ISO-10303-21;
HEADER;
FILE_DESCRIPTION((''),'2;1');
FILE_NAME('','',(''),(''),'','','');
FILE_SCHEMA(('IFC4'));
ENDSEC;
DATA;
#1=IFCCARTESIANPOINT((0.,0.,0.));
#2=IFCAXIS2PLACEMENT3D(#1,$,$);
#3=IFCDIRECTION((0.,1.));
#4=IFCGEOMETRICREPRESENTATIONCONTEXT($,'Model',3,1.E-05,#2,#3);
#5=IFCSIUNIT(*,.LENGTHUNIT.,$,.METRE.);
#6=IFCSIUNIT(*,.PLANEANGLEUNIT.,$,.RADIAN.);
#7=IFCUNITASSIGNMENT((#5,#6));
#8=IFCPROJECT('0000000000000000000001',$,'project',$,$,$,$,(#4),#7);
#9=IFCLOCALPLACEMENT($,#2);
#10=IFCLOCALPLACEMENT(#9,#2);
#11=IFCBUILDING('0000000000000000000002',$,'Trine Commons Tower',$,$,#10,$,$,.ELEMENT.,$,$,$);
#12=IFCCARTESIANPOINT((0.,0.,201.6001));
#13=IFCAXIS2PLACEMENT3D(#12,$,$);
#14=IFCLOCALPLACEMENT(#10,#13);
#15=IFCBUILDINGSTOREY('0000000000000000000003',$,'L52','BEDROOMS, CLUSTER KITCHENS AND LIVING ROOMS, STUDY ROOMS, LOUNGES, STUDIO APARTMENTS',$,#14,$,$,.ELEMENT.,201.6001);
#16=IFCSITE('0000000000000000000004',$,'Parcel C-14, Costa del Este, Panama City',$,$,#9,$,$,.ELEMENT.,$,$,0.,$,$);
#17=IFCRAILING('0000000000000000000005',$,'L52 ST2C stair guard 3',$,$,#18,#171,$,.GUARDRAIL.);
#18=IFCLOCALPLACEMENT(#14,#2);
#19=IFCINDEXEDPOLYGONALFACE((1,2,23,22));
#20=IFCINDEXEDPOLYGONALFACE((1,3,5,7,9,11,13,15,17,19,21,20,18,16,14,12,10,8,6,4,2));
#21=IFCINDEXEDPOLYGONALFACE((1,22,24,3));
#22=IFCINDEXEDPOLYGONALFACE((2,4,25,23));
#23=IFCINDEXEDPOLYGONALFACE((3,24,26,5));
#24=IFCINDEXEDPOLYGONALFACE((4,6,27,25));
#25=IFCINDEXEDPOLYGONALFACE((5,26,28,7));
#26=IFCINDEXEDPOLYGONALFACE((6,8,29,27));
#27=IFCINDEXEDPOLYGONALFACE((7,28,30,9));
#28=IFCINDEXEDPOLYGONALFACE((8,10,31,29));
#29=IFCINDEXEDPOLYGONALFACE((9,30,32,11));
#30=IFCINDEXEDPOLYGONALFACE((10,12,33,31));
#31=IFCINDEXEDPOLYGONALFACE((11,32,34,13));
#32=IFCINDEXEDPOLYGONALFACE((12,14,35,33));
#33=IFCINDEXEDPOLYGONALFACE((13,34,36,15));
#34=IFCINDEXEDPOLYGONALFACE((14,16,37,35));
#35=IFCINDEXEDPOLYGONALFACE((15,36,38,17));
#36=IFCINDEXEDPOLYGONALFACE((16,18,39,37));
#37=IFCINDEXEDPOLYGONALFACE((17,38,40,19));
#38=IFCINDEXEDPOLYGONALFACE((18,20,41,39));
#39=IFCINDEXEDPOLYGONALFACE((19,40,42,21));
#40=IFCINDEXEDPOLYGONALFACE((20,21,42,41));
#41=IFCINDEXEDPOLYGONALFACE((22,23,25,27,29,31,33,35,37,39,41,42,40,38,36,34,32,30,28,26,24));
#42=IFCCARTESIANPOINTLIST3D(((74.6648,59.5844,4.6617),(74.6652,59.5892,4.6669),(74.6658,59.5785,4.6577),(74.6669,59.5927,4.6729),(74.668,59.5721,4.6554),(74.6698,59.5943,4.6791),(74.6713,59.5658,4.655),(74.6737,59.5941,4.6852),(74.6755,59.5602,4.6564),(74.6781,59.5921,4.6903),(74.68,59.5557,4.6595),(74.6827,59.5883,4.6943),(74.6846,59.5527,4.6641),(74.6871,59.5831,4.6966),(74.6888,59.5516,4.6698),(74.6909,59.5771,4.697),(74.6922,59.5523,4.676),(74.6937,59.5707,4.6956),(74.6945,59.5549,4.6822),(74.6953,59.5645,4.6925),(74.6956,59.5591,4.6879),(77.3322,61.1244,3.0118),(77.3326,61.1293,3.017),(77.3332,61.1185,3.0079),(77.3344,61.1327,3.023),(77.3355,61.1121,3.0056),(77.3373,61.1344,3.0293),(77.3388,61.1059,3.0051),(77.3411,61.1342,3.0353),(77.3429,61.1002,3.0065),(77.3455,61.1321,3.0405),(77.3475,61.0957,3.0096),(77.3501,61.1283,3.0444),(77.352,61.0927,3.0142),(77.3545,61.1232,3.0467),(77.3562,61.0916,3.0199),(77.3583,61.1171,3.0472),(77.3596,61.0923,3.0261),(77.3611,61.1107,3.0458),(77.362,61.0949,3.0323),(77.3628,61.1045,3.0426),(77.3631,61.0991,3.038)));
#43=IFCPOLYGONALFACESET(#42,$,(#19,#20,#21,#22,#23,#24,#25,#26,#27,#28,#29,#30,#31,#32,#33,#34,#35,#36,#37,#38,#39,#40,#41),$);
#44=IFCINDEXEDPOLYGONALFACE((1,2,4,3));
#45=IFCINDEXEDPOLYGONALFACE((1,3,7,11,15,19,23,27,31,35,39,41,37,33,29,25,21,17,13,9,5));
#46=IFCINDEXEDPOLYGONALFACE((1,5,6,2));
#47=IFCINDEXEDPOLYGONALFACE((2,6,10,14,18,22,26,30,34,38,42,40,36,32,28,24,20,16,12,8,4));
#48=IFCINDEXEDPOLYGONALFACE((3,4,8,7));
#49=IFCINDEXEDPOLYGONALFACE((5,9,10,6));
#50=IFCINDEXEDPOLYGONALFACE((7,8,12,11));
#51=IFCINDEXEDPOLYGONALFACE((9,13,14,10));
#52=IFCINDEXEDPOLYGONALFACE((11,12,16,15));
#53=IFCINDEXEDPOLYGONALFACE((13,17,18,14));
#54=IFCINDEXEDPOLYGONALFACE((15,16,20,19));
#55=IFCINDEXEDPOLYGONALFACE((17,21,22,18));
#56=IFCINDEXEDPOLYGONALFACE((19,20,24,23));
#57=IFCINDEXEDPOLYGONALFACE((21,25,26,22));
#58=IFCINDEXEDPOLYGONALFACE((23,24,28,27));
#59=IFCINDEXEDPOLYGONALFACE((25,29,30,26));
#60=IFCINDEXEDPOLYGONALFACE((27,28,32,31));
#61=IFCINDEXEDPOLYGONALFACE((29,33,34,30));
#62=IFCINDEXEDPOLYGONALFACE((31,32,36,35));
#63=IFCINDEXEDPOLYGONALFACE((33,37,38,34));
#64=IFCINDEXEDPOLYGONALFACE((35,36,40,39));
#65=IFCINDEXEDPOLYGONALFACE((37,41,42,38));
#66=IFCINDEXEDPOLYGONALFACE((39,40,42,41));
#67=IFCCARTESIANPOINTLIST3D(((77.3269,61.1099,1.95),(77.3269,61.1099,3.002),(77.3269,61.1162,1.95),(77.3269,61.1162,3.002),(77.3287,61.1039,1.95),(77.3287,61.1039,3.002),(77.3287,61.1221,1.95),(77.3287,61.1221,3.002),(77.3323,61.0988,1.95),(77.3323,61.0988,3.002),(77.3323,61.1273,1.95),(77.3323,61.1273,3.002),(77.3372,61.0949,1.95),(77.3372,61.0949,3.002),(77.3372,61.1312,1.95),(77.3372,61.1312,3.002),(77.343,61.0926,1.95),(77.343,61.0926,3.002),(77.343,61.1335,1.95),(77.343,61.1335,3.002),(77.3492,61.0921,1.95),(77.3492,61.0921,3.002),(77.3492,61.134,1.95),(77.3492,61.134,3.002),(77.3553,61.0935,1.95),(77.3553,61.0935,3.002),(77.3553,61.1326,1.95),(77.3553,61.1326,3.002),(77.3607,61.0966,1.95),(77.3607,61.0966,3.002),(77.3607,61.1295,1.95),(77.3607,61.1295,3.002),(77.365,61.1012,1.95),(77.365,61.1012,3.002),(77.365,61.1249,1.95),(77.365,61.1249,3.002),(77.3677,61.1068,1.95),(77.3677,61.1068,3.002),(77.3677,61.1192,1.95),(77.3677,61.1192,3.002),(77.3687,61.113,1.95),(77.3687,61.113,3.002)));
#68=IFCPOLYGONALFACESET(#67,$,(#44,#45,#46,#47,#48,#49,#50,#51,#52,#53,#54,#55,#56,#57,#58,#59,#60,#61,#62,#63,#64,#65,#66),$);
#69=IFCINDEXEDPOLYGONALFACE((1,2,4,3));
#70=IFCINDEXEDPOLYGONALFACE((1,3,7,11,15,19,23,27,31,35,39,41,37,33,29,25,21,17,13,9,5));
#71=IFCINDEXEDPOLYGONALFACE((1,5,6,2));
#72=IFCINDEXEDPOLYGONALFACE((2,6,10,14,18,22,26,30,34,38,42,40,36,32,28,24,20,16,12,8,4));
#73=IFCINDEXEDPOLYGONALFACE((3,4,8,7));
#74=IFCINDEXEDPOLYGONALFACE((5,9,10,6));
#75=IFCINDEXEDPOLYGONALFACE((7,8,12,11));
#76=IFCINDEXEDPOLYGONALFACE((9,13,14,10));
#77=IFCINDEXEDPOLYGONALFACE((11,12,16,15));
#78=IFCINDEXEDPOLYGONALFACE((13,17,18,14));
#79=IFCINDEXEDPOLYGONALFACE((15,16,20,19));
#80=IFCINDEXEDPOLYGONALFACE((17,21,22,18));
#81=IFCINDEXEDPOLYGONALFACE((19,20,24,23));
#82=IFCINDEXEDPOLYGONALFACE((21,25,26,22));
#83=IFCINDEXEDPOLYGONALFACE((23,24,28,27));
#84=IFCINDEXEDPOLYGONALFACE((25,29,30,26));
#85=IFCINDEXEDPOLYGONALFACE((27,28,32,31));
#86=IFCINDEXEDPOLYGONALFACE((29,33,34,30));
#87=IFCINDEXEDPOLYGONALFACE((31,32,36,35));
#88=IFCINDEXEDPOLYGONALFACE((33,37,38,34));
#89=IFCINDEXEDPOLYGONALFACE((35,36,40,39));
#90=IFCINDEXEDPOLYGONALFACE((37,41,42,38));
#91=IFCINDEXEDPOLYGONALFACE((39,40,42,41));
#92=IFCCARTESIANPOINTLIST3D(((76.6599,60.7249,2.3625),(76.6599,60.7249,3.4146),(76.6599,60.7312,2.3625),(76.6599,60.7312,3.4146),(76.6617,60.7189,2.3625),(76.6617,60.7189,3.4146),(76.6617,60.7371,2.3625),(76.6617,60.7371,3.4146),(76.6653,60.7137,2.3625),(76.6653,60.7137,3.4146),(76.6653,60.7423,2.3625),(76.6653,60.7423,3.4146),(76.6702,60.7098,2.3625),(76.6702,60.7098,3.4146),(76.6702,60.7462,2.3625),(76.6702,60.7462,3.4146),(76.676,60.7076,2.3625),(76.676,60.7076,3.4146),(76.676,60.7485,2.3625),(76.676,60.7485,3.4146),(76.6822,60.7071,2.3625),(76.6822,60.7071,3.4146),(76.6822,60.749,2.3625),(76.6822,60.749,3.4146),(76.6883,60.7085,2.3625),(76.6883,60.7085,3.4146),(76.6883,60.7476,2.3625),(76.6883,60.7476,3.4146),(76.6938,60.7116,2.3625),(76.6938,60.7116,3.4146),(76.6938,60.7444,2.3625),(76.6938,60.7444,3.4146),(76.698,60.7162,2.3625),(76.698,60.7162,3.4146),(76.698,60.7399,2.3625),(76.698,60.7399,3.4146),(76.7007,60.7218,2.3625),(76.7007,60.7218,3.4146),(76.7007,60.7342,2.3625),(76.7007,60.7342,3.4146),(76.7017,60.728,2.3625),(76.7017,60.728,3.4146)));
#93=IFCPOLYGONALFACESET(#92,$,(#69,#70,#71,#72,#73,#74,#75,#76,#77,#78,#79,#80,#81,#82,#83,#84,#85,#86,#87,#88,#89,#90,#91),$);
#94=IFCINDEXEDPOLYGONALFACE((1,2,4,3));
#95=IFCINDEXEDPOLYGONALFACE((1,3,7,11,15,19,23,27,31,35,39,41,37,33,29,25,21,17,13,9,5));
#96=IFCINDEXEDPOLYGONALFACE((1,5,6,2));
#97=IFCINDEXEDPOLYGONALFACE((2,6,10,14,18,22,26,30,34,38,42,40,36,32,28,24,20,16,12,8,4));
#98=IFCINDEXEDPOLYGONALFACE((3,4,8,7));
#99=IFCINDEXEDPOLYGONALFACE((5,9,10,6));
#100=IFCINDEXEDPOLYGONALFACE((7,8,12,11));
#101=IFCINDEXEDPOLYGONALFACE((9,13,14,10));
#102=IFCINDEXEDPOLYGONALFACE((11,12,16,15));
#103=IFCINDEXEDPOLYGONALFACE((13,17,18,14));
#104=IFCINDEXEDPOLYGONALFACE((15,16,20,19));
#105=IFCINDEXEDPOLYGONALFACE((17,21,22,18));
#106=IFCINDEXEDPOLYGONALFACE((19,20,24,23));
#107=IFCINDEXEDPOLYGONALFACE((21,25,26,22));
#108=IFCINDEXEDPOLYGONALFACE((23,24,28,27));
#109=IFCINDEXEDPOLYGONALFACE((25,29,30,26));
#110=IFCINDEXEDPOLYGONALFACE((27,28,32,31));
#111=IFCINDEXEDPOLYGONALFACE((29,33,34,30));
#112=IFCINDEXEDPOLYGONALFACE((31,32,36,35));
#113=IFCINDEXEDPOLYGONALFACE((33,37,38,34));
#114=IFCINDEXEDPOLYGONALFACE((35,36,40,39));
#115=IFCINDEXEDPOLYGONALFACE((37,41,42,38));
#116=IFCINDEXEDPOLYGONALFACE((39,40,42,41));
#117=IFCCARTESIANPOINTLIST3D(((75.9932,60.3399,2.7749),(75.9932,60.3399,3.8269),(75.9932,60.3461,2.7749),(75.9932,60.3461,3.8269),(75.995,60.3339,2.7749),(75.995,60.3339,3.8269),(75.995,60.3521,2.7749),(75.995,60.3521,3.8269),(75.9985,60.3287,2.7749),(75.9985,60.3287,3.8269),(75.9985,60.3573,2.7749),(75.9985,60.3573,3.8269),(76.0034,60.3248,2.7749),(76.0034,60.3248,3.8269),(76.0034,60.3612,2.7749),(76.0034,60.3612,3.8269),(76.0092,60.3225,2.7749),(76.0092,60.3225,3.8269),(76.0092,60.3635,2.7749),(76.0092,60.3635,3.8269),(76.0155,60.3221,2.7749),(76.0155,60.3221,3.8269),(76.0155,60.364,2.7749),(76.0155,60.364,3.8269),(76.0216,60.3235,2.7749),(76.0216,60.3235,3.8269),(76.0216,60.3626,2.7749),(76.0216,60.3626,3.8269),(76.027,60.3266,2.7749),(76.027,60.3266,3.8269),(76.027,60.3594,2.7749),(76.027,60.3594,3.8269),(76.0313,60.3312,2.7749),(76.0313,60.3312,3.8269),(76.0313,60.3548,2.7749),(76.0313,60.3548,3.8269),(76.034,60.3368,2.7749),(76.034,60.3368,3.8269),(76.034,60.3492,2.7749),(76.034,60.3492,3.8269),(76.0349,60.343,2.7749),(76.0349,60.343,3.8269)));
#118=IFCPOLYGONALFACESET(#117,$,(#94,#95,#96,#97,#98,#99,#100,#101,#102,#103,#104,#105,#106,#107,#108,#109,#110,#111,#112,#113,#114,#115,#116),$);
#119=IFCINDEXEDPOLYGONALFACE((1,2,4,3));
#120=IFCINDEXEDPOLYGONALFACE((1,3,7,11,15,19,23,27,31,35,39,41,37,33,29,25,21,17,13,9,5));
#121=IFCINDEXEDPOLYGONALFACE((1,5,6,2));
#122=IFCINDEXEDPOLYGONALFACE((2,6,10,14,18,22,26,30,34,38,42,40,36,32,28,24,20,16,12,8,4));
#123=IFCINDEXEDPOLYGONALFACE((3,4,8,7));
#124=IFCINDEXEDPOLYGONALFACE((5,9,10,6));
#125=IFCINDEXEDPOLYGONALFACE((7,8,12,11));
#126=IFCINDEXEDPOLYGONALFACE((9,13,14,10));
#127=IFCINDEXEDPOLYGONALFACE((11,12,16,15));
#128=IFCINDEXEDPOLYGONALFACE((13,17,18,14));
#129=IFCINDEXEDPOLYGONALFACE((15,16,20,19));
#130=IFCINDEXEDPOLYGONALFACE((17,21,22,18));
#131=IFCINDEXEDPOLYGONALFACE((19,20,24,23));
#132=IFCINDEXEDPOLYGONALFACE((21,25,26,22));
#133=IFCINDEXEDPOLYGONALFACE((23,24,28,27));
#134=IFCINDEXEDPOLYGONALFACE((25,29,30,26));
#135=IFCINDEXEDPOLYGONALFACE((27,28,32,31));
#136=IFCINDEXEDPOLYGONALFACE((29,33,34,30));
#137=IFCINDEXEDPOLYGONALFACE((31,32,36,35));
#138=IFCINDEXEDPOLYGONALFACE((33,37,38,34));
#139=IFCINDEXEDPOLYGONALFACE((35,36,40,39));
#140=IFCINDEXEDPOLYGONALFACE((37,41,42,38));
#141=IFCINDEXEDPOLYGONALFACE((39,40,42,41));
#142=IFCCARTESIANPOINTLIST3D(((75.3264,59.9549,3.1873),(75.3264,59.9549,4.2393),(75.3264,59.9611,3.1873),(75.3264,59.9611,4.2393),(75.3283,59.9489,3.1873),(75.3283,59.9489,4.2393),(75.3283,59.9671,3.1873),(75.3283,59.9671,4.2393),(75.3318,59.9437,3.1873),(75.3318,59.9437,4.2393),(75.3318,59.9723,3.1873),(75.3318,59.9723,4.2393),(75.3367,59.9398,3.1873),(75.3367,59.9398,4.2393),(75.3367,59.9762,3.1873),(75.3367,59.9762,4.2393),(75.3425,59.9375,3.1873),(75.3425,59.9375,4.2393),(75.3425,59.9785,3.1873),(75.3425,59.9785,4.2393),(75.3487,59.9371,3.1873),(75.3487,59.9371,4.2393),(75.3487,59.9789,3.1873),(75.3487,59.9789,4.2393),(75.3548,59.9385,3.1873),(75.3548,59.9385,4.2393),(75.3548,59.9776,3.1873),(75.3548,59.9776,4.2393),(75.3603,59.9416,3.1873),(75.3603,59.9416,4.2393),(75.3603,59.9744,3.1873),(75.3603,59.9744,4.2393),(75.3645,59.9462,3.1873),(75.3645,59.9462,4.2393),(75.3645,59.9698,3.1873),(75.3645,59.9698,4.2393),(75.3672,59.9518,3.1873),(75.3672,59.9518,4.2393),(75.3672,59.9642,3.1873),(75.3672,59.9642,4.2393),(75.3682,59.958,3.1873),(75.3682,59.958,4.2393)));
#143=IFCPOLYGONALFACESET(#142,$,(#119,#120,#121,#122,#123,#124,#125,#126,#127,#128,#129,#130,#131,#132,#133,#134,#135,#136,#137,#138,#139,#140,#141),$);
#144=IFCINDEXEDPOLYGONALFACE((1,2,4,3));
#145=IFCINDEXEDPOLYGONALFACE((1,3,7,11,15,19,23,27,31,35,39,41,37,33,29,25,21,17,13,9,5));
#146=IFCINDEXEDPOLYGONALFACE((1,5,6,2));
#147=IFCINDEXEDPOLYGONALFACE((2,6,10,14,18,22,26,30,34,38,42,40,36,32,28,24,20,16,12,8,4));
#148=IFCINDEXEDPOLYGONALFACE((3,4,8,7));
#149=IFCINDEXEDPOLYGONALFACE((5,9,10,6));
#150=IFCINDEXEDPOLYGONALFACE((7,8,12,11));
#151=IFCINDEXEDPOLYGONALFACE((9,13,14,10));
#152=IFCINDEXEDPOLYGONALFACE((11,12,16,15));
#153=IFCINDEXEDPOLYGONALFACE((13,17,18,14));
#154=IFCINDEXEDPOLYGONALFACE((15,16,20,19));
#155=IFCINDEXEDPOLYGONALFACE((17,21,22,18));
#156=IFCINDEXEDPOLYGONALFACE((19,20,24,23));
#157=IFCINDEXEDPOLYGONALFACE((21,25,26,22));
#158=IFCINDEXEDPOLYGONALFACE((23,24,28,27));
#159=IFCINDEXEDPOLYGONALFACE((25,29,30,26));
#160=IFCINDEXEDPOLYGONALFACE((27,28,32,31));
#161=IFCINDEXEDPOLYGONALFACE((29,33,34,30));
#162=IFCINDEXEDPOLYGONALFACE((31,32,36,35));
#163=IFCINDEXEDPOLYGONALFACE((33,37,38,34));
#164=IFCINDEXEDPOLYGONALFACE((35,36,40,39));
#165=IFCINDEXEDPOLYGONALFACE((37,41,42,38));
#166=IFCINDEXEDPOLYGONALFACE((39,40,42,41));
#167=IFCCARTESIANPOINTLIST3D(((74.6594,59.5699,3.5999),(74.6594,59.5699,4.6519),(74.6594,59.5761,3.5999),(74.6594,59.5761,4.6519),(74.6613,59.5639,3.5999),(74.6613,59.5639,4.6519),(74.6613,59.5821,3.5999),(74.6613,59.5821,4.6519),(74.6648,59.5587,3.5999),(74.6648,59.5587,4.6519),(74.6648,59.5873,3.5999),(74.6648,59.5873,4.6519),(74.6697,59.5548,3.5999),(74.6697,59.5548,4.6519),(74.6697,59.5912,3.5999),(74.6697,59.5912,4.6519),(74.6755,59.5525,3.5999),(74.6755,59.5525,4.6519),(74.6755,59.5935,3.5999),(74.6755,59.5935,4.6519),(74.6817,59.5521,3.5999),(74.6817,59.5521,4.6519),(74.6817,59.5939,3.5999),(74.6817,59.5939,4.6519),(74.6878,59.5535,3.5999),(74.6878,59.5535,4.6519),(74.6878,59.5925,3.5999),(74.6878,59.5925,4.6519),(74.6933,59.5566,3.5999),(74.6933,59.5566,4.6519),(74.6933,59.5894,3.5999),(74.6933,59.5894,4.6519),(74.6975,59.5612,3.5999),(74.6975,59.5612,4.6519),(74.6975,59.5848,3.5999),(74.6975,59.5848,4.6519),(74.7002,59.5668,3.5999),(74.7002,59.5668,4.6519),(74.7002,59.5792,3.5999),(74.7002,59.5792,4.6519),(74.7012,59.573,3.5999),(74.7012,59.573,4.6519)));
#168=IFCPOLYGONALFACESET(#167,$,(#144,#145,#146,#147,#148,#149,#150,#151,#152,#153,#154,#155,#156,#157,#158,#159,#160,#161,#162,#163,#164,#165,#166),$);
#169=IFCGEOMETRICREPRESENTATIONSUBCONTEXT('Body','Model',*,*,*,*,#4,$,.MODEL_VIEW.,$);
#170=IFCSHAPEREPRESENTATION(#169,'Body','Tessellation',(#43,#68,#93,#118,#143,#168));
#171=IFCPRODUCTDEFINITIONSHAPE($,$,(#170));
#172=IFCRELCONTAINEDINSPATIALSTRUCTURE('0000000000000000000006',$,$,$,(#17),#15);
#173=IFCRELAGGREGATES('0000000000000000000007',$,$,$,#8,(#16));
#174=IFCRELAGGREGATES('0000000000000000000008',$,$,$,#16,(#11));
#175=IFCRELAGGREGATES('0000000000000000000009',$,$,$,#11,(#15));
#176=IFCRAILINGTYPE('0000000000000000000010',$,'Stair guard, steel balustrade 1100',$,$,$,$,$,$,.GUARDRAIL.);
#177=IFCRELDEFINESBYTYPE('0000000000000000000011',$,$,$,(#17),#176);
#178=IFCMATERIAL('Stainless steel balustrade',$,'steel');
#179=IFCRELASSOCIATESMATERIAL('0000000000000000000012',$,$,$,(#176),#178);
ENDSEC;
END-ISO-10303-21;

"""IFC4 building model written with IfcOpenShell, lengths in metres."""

from ifc_helpers import new_model, si_unit, direction, frame, origin, origin_2d, place, context, subcontext, project, spatial, circle, extrude, material, type_object, element, save


model = new_model("IFC4")

# Units and contexts
model_context = context("Model", 3, precision=1e-05, world=origin(), true_north=direction((0.0, 1.0)))
body_context = subcontext(model_context, "Body", "Model", "MODEL_VIEW")
ifc_project = project(units=[si_unit("LENGTHUNIT", "METRE"), si_unit("PLANEANGLEUNIT", "RADIAN")], contexts=[model_context])

# Site, building, storey
site_placement = place(None, origin())
site = spatial("IfcSite", under=ifc_project, at=site_placement, Name="Parcel C-14, Costa del Este, Panama City", CompositionType="ELEMENT", RefElevation=0.0)
building_placement = place(site_placement, origin())
building = spatial("IfcBuilding", under=site, at=building_placement, Name="Trine Commons Tower", CompositionType="ELEMENT")
storey_placement = place(building_placement, frame((0.0, 0.0, 201.6001)))
storey = spatial("IfcBuildingStorey", under=building, at=storey_placement, Name="L52", Description="BEDROOMS, CLUSTER KITCHENS AND LIVING ROOMS, STUDY ROOMS, LOUNGES, STUDIO APARTMENTS", CompositionType="ELEMENT", Elevation=201.6001)

# Railing
ifc_material_1 = material(Name="Stainless steel balustrade", Category="steel")
railing_type_1 = type_object("IfcRailingType", Name="Stair guard, steel balustrade 1100", PredefinedType="GUARDRAIL", material=ifc_material_1)
railing_1_placement = place(storey_placement, frame((77.3477, 61.113, 1.95)))
element("IfcRailing", 1, at=railing_1_placement, inside=storey, type_object=railing_type_1, Name="L52 ST2C stair guard 3", PredefinedType="GUARDRAIL", context=body_context, shape_type="SweptSolid", body=[
    extrude(circle(Radius=0.0239, at=origin_2d()), frame((0.0, 0.0, 1.0762), z_axis=(-0.763405, -0.440743, 0.472185), x_axis=(0.499992, -0.86603, 0.0)), (0.0, 0.0, 1.0), 3.4941),
    extrude(circle(Radius=0.021, at=origin_2d()), origin(), (0.0, 0.0, 1.0), 1.052),
    extrude(circle(Radius=0.021, at=origin_2d()), frame((-0.667, -0.385, 0.4126)), (0.0, 0.0, 1.0), 1.052),
    extrude(circle(Radius=0.021, at=origin_2d()), frame((-1.3337, -0.77, 0.825)), (0.0, 0.0, 1.0), 1.052),
    extrude(circle(Radius=0.021, at=origin_2d()), frame((-2.0005, -1.155, 1.2373)), (0.0, 0.0, 1.0), 1.052),
    extrude(circle(Radius=0.021, at=origin_2d()), frame((-2.6675, -1.54, 1.6499)), (0.0, 0.0, 1.0), 1.052),
])

save(model, "model.ifc")
